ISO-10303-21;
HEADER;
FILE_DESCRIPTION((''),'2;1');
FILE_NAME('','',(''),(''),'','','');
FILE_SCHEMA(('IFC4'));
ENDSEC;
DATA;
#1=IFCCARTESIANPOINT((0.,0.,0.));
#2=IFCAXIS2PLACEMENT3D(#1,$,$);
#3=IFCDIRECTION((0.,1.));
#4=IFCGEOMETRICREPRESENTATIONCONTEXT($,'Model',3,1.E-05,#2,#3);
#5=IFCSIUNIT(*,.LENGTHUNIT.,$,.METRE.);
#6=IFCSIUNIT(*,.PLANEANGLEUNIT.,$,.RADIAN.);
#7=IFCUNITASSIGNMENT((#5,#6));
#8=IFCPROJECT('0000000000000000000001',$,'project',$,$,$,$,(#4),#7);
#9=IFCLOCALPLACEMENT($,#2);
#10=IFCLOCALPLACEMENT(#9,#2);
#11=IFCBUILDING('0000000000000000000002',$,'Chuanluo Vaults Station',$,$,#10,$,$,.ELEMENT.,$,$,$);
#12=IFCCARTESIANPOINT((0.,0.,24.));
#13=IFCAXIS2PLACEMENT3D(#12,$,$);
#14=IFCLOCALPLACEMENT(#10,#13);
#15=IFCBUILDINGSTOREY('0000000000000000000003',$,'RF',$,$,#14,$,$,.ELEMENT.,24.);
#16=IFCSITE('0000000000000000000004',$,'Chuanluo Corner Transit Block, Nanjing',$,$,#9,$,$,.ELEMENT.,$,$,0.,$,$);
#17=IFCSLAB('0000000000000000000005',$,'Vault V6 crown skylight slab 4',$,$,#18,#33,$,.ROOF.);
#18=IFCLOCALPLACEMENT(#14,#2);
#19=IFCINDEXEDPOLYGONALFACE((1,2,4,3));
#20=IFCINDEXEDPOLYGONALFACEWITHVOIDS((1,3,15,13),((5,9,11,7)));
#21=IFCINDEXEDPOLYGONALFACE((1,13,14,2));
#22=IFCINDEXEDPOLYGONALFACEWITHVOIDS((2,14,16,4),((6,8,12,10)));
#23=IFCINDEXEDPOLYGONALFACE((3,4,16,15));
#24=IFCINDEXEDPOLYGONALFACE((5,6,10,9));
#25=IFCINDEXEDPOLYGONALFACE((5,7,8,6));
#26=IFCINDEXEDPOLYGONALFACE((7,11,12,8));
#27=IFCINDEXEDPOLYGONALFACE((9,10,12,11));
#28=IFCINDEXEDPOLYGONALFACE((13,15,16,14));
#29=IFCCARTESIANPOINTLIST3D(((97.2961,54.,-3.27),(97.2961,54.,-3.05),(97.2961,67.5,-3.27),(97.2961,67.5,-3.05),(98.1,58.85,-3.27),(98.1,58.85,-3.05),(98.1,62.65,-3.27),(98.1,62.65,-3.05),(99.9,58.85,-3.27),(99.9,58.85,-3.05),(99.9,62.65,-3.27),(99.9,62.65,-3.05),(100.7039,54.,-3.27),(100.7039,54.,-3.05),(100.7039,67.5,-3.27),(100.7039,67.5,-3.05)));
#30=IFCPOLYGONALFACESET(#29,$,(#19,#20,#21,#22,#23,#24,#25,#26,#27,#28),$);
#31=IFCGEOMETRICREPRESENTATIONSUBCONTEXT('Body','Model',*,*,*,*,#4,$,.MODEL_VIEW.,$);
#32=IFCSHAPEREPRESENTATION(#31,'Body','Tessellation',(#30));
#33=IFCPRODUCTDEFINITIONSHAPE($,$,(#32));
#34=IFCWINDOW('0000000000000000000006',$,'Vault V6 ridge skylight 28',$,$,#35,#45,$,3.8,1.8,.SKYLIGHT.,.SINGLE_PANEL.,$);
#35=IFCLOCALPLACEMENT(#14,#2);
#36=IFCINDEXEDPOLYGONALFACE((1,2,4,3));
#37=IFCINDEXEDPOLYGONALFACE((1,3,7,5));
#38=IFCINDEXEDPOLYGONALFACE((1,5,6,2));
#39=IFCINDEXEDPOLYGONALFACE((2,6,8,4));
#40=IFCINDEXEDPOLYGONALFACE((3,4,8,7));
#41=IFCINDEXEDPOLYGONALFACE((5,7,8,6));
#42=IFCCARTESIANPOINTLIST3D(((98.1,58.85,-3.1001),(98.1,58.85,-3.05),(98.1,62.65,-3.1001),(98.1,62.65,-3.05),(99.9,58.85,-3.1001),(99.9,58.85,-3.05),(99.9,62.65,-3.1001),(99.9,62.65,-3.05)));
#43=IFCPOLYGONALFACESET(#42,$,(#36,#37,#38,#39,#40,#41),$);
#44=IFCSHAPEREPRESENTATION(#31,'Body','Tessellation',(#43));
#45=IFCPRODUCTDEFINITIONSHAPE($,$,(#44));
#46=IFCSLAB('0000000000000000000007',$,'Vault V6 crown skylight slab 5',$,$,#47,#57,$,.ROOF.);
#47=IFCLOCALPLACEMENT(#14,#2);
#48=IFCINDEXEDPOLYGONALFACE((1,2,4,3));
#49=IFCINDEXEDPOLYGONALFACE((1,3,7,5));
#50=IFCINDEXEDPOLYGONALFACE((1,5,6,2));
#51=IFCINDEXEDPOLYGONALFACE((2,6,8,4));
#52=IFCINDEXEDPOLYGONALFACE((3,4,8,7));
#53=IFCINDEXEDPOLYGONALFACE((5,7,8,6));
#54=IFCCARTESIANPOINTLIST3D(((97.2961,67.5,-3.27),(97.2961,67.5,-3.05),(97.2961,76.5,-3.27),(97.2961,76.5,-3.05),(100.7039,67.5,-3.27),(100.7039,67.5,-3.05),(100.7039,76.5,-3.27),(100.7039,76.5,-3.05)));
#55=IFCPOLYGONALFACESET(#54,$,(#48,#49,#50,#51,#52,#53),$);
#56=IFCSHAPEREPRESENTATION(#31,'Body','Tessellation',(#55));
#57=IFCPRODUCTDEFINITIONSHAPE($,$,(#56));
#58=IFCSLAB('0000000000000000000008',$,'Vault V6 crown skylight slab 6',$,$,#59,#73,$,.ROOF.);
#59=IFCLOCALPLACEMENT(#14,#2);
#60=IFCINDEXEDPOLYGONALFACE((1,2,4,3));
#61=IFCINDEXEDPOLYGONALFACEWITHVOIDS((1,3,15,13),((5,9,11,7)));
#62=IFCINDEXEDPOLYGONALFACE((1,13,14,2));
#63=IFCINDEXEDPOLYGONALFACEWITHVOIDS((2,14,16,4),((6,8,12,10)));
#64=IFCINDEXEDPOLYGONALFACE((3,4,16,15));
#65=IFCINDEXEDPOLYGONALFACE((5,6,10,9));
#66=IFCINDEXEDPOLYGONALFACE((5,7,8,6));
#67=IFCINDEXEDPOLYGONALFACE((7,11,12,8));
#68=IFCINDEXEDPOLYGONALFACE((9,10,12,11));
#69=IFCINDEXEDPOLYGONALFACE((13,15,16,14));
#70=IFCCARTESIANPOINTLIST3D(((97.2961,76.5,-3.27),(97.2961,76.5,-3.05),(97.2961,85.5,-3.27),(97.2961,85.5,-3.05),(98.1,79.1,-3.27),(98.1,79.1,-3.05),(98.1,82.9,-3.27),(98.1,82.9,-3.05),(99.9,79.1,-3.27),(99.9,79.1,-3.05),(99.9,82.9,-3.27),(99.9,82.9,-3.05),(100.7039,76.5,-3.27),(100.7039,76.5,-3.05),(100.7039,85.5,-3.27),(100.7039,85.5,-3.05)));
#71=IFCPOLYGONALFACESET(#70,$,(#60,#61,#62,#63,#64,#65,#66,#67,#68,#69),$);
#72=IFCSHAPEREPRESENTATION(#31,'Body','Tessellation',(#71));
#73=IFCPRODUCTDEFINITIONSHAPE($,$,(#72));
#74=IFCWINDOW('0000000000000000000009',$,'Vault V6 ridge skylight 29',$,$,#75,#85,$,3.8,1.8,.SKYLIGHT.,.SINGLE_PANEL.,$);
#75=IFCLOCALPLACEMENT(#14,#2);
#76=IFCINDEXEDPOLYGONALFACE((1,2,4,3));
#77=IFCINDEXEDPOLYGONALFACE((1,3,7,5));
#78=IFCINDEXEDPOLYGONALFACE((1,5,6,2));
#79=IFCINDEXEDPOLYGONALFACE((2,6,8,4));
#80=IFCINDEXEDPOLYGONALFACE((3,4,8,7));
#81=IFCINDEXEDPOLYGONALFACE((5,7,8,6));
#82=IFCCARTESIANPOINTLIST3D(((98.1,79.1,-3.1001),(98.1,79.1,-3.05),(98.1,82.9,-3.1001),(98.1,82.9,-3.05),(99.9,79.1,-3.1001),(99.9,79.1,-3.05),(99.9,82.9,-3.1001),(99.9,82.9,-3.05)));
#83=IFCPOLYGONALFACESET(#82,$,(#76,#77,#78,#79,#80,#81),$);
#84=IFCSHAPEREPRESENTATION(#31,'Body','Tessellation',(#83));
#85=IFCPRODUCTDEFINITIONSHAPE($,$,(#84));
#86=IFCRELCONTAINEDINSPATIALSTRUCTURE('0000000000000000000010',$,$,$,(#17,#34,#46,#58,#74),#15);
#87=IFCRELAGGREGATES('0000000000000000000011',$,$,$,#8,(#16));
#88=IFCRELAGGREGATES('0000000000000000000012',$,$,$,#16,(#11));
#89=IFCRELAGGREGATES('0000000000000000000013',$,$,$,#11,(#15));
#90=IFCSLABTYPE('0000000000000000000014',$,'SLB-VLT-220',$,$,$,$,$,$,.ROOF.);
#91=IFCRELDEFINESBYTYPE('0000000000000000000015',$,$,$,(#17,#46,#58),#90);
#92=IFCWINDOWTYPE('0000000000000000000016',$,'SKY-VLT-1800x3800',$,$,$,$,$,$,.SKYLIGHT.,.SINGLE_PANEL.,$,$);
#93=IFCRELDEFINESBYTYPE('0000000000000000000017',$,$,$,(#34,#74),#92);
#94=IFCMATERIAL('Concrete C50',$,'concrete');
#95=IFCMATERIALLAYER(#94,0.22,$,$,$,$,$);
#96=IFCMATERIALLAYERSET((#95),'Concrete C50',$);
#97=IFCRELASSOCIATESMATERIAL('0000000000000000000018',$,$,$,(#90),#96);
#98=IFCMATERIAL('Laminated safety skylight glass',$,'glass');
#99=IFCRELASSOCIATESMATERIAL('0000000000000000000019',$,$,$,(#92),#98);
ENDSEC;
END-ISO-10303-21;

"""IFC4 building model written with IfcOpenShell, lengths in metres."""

from ifc_helpers import new_model, si_unit, direction, frame, origin, origin_2d, place, context, subcontext, project, spatial, polyline, rectangle, outline, extrude, material, layer, layer_set, type_object, element, fill, save


model = new_model("IFC4")

# Units and contexts
model_context = context("Model", 3, precision=1e-05, world=origin(), true_north=direction((0.0, 1.0)))
body_context = subcontext(model_context, "Body", "Model", "MODEL_VIEW")
ifc_project = project(units=[si_unit("LENGTHUNIT", "METRE"), si_unit("PLANEANGLEUNIT", "RADIAN")], contexts=[model_context])

# Site, building, storey
site_placement = place(None, origin())
site = spatial("IfcSite", under=ifc_project, at=site_placement, Name="Chuanluo Corner Transit Block, Nanjing", CompositionType="ELEMENT", RefElevation=0.0)
building_placement = place(site_placement, origin())
building = spatial("IfcBuilding", under=site, at=building_placement, Name="Chuanluo Vaults Station", CompositionType="ELEMENT")
storey_placement = place(building_placement, frame((0.0, 0.0, 24.0)))
storey = spatial("IfcBuildingStorey", under=building, at=storey_placement, Name="RF", CompositionType="ELEMENT", Elevation=24.0)

# Shared definitions
ifc_material_1 = material(Name="Concrete C50", Category="concrete")
ifc_layer = layer(ifc_material_1, 0.22)
ifc_layer_set = layer_set([ifc_layer], Name="Concrete C50")
slab_type = type_object("IfcSlabType", Name="SLB-VLT-220", PredefinedType="ROOF", material=ifc_layer_set)

# Shared definitions
ifc_material_2 = material(Name="Laminated safety skylight glass", Category="glass")
window_type_1 = type_object("IfcWindowType", Name="SKY-VLT-1800x3800", PartitioningType="SINGLE_PANEL", PredefinedType="SKYLIGHT", material=ifc_material_2)

# Slab, opening, window
slab_1_placement = place(storey_placement, frame((0.0, 0.0, -3.27)))
slab_1 = element("IfcSlab", 1, at=slab_1_placement, inside=storey, type_object=slab_type, Name="Vault V6 crown skylight slab 4", PredefinedType="ROOF", context=body_context, shape_type="SweptSolid", body=[
    extrude(outline(polyline([(97.2961, 54.0), (100.7039, 54.0), (100.7039, 67.5), (97.2961, 67.5), (97.2961, 54.0)])), origin(), (0.0, 0.0, 1.0), 0.22),
])
opening_1_placement = place(slab_1_placement, frame((99.0, 60.75, 0.0)))
opening_1 = element("IfcOpeningElement", 2, at=opening_1_placement, cuts=slab_1, PredefinedType="OPENING", context=body_context, shape_type="SweptSolid", body=[
    extrude(rectangle(XDim=1.8, YDim=3.8, at=origin_2d()), frame((0.0, 0.0, -0.01)), (0.0, 0.0, 1.0), 0.24),
])
window_1_placement = place(opening_1_placement, frame((0.0, 0.0, 0.1699)))
window_1 = element("IfcWindow", 3, at=window_1_placement, inside=storey, type_object=window_type_1, Name="Vault V6 ridge skylight 28", OverallHeight=3.8, OverallWidth=1.8, PartitioningType="SINGLE_PANEL", PredefinedType="SKYLIGHT", context=body_context, shape_type="SweptSolid", body=[
    extrude(rectangle(XDim=1.8, YDim=3.8, at=origin_2d()), origin(), (0.0, 0.0, 1.0), 0.05),
])
fill(opening_1, window_1)

# Slab
slab_2_placement = place(storey_placement, frame((0.0, 0.0, -3.27)))
element("IfcSlab", 4, at=slab_2_placement, inside=storey, type_object=slab_type, Name="Vault V6 crown skylight slab 5", PredefinedType="ROOF", context=body_context, shape_type="SweptSolid", body=[
    extrude(outline(polyline([(97.2961, 67.5), (100.7039, 67.5), (100.7039, 76.5), (97.2961, 76.5), (97.2961, 67.5)])), origin(), (0.0, 0.0, 1.0), 0.22),
])

# Slab, opening, window
slab_3_placement = place(storey_placement, frame((0.0, 0.0, -3.27)))
slab_3 = element("IfcSlab", 5, at=slab_3_placement, inside=storey, type_object=slab_type, Name="Vault V6 crown skylight slab 6", PredefinedType="ROOF", context=body_context, shape_type="SweptSolid", body=[
    extrude(outline(polyline([(97.2961, 76.5), (100.7039, 76.5), (100.7039, 85.5), (97.2961, 85.5), (97.2961, 76.5)])), origin(), (0.0, 0.0, 1.0), 0.22),
])
opening_2_placement = place(slab_3_placement, frame((99.0, 81.0, 0.0)))
opening_2 = element("IfcOpeningElement", 6, at=opening_2_placement, cuts=slab_3, PredefinedType="OPENING", context=body_context, shape_type="SweptSolid", body=[
    extrude(rectangle(XDim=1.8, YDim=3.8, at=origin_2d()), frame((0.0, 0.0, -0.01)), (0.0, 0.0, 1.0), 0.24),
])
window_2_placement = place(opening_2_placement, frame((0.0, 0.0, 0.1699)))
window_2 = element("IfcWindow", 7, at=window_2_placement, inside=storey, type_object=window_type_1, Name="Vault V6 ridge skylight 29", OverallHeight=3.8, OverallWidth=1.8, PartitioningType="SINGLE_PANEL", PredefinedType="SKYLIGHT", context=body_context, shape_type="SweptSolid", body=[
    extrude(rectangle(XDim=1.8, YDim=3.8, at=origin_2d()), origin(), (0.0, 0.0, 1.0), 0.05),
])
fill(opening_2, window_2)

save(model, "model.ifc")
